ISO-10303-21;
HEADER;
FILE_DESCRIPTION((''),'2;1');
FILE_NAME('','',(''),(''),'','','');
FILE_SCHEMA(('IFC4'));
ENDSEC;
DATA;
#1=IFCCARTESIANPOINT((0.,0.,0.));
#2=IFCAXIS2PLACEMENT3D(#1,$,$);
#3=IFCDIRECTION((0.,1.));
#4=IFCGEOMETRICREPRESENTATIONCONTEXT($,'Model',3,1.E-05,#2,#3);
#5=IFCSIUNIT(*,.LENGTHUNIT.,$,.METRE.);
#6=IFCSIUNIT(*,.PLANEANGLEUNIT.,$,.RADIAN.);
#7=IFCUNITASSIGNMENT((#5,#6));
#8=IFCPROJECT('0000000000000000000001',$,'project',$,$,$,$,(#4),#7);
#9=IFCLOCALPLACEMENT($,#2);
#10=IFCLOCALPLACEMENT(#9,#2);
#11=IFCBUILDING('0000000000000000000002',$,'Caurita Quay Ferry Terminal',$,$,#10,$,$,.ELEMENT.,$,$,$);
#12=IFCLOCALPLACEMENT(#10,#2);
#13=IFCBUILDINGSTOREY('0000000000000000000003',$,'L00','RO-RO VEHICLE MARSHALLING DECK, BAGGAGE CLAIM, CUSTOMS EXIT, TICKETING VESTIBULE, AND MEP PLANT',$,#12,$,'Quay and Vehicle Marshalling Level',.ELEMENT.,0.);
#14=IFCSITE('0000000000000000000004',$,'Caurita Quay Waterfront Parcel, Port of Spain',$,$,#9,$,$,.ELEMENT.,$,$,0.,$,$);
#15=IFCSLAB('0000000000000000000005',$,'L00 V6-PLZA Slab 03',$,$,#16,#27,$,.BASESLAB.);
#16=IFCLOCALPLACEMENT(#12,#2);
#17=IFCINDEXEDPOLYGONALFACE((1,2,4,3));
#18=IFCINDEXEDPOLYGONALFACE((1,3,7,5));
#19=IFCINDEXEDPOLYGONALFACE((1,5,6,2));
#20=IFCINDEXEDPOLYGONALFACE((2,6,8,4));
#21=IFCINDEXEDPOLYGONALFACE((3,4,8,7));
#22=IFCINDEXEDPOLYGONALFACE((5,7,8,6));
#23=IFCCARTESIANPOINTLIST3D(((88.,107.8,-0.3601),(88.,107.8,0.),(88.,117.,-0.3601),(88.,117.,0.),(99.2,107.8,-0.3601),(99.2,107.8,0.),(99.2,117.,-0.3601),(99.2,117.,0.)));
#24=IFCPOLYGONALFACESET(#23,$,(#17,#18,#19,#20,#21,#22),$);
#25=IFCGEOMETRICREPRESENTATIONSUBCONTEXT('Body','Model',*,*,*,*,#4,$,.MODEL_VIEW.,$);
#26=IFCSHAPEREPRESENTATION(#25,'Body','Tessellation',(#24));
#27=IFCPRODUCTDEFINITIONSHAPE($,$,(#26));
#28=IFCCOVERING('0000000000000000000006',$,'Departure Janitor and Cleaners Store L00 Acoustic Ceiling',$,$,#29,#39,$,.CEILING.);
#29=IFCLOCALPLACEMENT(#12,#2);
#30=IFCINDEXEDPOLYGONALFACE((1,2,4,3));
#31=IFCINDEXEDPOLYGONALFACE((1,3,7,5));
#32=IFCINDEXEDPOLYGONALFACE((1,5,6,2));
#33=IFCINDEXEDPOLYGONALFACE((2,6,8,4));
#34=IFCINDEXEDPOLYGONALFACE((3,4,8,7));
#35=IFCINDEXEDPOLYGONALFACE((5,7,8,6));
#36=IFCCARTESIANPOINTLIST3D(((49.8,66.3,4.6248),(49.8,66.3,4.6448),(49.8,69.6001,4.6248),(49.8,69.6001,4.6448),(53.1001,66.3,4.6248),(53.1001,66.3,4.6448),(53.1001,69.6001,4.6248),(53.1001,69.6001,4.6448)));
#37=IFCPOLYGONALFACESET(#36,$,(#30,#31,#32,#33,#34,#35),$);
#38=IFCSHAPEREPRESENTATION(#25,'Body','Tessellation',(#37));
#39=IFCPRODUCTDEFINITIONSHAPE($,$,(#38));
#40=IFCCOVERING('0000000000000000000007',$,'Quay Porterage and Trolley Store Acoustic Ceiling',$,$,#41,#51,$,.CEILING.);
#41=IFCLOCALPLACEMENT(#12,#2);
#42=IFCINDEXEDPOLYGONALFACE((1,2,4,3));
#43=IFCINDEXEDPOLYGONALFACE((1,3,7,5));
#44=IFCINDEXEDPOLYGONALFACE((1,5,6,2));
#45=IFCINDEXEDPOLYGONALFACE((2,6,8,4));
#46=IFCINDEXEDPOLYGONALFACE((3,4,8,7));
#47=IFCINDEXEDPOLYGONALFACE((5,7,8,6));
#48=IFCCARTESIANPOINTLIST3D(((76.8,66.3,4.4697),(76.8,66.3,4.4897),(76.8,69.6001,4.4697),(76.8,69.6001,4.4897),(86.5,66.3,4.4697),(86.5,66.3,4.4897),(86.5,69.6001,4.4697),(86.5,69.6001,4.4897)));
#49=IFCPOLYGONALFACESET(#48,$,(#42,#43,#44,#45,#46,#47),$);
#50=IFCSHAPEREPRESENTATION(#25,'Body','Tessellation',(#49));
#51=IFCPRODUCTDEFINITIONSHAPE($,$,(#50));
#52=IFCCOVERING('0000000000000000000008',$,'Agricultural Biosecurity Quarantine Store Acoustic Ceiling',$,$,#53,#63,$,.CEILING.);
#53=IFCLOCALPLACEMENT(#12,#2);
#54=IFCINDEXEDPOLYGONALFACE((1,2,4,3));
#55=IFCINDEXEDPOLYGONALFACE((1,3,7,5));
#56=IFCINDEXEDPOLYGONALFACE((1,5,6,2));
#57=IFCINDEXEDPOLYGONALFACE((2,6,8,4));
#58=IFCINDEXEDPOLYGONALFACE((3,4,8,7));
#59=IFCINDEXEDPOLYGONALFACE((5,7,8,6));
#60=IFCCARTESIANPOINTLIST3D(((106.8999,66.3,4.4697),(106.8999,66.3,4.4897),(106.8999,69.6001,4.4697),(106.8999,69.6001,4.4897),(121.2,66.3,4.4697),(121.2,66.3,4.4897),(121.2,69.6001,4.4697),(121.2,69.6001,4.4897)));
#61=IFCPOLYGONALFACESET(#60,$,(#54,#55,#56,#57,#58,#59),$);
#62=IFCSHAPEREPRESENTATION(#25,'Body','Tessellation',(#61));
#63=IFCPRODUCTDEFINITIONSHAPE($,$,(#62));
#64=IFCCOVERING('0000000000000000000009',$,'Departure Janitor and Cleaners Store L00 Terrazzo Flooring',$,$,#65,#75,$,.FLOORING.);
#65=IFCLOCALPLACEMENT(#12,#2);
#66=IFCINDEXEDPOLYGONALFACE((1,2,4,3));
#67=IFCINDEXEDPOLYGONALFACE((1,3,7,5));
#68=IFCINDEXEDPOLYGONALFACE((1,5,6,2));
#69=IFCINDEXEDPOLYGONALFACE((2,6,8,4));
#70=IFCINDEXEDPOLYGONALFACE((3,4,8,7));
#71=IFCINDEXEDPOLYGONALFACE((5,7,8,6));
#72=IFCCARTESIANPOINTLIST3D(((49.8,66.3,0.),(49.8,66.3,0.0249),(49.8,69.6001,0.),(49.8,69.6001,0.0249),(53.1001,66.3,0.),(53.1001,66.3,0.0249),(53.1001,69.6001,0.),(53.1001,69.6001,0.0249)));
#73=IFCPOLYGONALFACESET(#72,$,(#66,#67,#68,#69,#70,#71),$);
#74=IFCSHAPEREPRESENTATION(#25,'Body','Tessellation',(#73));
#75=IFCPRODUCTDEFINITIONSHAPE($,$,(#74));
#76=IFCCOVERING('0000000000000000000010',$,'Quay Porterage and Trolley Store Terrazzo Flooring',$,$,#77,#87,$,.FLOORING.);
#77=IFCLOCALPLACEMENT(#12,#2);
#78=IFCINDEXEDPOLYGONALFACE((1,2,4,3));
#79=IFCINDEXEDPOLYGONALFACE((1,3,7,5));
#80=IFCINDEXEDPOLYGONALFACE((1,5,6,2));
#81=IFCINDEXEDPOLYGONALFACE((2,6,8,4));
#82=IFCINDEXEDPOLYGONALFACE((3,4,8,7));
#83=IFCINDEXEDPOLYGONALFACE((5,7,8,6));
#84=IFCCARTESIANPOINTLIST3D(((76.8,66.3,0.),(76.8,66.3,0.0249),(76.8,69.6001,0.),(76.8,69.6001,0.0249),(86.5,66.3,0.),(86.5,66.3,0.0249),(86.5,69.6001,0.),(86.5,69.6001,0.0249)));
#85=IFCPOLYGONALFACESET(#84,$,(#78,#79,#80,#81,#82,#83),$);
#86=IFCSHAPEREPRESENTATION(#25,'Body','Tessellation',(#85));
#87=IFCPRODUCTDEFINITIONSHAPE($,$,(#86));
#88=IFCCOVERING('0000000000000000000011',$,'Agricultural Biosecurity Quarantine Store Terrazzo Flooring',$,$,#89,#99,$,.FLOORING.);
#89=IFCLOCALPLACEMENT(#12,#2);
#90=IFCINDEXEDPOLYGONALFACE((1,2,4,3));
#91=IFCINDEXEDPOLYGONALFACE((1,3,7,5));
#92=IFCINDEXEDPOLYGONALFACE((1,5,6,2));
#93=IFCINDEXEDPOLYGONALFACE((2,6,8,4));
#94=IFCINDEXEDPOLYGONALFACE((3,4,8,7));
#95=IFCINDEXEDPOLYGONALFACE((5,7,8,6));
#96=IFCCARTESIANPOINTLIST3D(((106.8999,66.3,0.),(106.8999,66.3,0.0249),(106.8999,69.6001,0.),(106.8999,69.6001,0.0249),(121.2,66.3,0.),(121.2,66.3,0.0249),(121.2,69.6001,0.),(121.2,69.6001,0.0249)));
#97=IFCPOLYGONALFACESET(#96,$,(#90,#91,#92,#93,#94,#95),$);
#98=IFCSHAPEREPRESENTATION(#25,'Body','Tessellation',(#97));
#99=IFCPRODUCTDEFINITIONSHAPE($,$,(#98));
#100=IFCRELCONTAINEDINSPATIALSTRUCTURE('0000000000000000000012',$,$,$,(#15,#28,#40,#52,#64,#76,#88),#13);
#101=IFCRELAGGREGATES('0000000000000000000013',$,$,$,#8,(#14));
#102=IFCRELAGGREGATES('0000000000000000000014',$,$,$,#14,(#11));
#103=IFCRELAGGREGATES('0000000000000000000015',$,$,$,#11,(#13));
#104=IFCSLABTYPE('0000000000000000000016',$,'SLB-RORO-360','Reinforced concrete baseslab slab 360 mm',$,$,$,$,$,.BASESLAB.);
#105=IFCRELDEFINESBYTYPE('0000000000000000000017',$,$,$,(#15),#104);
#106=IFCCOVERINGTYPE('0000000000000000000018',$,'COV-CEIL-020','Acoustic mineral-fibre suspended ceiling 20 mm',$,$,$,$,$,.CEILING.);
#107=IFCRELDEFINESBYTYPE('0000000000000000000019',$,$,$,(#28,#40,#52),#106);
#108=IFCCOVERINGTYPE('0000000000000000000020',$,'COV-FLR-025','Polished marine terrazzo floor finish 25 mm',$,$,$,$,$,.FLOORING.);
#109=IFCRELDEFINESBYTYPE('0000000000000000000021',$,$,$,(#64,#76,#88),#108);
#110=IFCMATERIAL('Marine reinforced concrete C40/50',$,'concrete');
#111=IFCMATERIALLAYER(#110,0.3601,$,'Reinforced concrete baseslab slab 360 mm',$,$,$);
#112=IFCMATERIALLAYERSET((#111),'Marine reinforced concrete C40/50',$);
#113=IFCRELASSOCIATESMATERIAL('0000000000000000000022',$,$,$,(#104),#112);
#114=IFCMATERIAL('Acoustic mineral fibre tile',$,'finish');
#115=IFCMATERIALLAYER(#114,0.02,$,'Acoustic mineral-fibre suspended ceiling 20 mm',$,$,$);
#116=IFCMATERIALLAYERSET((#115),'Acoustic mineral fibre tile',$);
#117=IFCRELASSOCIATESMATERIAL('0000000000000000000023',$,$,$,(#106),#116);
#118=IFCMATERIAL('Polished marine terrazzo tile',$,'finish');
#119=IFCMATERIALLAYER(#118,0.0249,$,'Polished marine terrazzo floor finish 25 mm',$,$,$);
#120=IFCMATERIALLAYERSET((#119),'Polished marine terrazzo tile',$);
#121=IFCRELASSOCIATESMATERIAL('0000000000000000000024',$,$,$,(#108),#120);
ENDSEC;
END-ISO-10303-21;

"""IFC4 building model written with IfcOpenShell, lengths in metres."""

from ifc_helpers import new_model, si_unit, direction, frame, origin, place, context, subcontext, project, spatial, polyline, outline, extrude, material, layer, layer_set, type_object, element, save


model = new_model("IFC4")

# Units and contexts
model_context = context("Model", 3, precision=1e-05, world=origin(), true_north=direction((0.0, 1.0)))
body_context = subcontext(model_context, "Body", "Model", "MODEL_VIEW")
ifc_project = project(units=[si_unit("LENGTHUNIT", "METRE"), si_unit("PLANEANGLEUNIT", "RADIAN")], contexts=[model_context])

# Site, building, storey
site_placement = place(None, origin())
site = spatial("IfcSite", under=ifc_project, at=site_placement, Name="Caurita Quay Waterfront Parcel, Port of Spain", CompositionType="ELEMENT", RefElevation=0.0)
building_placement = place(site_placement, origin())
building = spatial("IfcBuilding", under=site, at=building_placement, Name="Caurita Quay Ferry Terminal", CompositionType="ELEMENT")
storey_placement = place(building_placement, origin())
storey = spatial("IfcBuildingStorey", under=building, at=storey_placement, Name="L00", Description="RO-RO VEHICLE MARSHALLING DECK, BAGGAGE CLAIM, CUSTOMS EXIT, TICKETING VESTIBULE, AND MEP PLANT", LongName="Quay and Vehicle Marshalling Level", CompositionType="ELEMENT", Elevation=0.0)

# Slab
ifc_material_1 = material(Name="Marine reinforced concrete C40/50", Category="concrete")
ifc_layer_1 = layer(ifc_material_1, 0.3601, Name="Reinforced concrete baseslab slab 360 mm")
ifc_layer_set_1 = layer_set([ifc_layer_1], Name="Marine reinforced concrete C40/50")
slab_type_1 = type_object("IfcSlabType", Name="SLB-RORO-360", Description="Reinforced concrete baseslab slab 360 mm", PredefinedType="BASESLAB", material=ifc_layer_set_1)
slab_1_placement = place(storey_placement, frame((0.0, 0.0, -0.3601)))
element("IfcSlab", 1, at=slab_1_placement, inside=storey, type_object=slab_type_1, Name="L00 V6-PLZA Slab 03", PredefinedType="BASESLAB", context=body_context, shape_type="SweptSolid", body=[
    extrude(outline(polyline([(88.0, 107.8), (99.2, 107.8), (99.2, 117.0), (88.0, 117.0), (88.0, 107.8)])), origin(), (0.0, 0.0, 1.0), 0.3601),
])

# Coverings
ifc_material_2 = material(Name="Acoustic mineral fibre tile", Category="finish")
ifc_layer_2 = layer(ifc_material_2, 0.02, Name="Acoustic mineral-fibre suspended ceiling 20 mm")
ifc_layer_set_2 = layer_set([ifc_layer_2], Name="Acoustic mineral fibre tile")
covering_type_1 = type_object("IfcCoveringType", Name="COV-CEIL-020", Description="Acoustic mineral-fibre suspended ceiling 20 mm", PredefinedType="CEILING", material=ifc_layer_set_2)
covering_1_placement = place(storey_placement, frame((0.0, 0.0, 4.6248)))
element("IfcCovering", 2, at=covering_1_placement, inside=storey, type_object=covering_type_1, Name="Departure Janitor and Cleaners Store L00 Acoustic Ceiling", PredefinedType="CEILING", context=body_context, shape_type="SweptSolid", body=[
    extrude(outline(polyline([(49.8, 66.3), (53.1001, 66.3), (53.1001, 69.6001), (49.8, 69.6001), (49.8, 66.3)])), origin(), (0.0, 0.0, 1.0), 0.02),
])
covering_2_placement = place(storey_placement, frame((0.0, 0.0, 4.4697)))
element("IfcCovering", 3, at=covering_2_placement, inside=storey, type_object=covering_type_1, Name="Quay Porterage and Trolley Store Acoustic Ceiling", PredefinedType="CEILING", context=body_context, shape_type="SweptSolid", body=[
    extrude(outline(polyline([(76.8, 66.3), (86.5, 66.3), (86.5, 69.6001), (76.8, 69.6001), (76.8, 66.3)])), origin(), (0.0, 0.0, 1.0), 0.02),
])
covering_3_placement = place(storey_placement, frame((0.0, 0.0, 4.4697)))
element("IfcCovering", 4, at=covering_3_placement, inside=storey, type_object=covering_type_1, Name="Agricultural Biosecurity Quarantine Store Acoustic Ceiling", PredefinedType="CEILING", context=body_context, shape_type="SweptSolid", body=[
    extrude(outline(polyline([(106.8999, 66.3), (121.2, 66.3), (121.2, 69.6001), (106.8999, 69.6001), (106.8999, 66.3)])), origin(), (0.0, 0.0, 1.0), 0.02),
])
ifc_material_3 = material(Name="Polished marine terrazzo tile", Category="finish")
ifc_layer_3 = layer(ifc_material_3, 0.0249, Name="Polished marine terrazzo floor finish 25 mm")
ifc_layer_set_3 = layer_set([ifc_layer_3], Name="Polished marine terrazzo tile")
covering_type_2 = type_object("IfcCoveringType", Name="COV-FLR-025", Description="Polished marine terrazzo floor finish 25 mm", PredefinedType="FLOORING", material=ifc_layer_set_3)
covering_4_placement = place(storey_placement, origin())
element("IfcCovering", 5, at=covering_4_placement, inside=storey, type_object=covering_type_2, Name="Departure Janitor and Cleaners Store L00 Terrazzo Flooring", PredefinedType="FLOORING", context=body_context, shape_type="SweptSolid", body=[
    extrude(outline(polyline([(49.8, 66.3), (53.1001, 66.3), (53.1001, 69.6001), (49.8, 69.6001), (49.8, 66.3)])), origin(), (0.0, 0.0, 1.0), 0.0249),
])
covering_5_placement = place(storey_placement, origin())
element("IfcCovering", 6, at=covering_5_placement, inside=storey, type_object=covering_type_2, Name="Quay Porterage and Trolley Store Terrazzo Flooring", PredefinedType="FLOORING", context=body_context, shape_type="SweptSolid", body=[
    extrude(outline(polyline([(76.8, 66.3), (86.5, 66.3), (86.5, 69.6001), (76.8, 69.6001), (76.8, 66.3)])), origin(), (0.0, 0.0, 1.0), 0.0249),
])
covering_6_placement = place(storey_placement, origin())
element("IfcCovering", 7, at=covering_6_placement, inside=storey, type_object=covering_type_2, Name="Agricultural Biosecurity Quarantine Store Terrazzo Flooring", PredefinedType="FLOORING", context=body_context, shape_type="SweptSolid", body=[
    extrude(outline(polyline([(106.8999, 66.3), (121.2, 66.3), (121.2, 69.6001), (106.8999, 69.6001), (106.8999, 66.3)])), origin(), (0.0, 0.0, 1.0), 0.0249),
])

save(model, "model.ifc")
